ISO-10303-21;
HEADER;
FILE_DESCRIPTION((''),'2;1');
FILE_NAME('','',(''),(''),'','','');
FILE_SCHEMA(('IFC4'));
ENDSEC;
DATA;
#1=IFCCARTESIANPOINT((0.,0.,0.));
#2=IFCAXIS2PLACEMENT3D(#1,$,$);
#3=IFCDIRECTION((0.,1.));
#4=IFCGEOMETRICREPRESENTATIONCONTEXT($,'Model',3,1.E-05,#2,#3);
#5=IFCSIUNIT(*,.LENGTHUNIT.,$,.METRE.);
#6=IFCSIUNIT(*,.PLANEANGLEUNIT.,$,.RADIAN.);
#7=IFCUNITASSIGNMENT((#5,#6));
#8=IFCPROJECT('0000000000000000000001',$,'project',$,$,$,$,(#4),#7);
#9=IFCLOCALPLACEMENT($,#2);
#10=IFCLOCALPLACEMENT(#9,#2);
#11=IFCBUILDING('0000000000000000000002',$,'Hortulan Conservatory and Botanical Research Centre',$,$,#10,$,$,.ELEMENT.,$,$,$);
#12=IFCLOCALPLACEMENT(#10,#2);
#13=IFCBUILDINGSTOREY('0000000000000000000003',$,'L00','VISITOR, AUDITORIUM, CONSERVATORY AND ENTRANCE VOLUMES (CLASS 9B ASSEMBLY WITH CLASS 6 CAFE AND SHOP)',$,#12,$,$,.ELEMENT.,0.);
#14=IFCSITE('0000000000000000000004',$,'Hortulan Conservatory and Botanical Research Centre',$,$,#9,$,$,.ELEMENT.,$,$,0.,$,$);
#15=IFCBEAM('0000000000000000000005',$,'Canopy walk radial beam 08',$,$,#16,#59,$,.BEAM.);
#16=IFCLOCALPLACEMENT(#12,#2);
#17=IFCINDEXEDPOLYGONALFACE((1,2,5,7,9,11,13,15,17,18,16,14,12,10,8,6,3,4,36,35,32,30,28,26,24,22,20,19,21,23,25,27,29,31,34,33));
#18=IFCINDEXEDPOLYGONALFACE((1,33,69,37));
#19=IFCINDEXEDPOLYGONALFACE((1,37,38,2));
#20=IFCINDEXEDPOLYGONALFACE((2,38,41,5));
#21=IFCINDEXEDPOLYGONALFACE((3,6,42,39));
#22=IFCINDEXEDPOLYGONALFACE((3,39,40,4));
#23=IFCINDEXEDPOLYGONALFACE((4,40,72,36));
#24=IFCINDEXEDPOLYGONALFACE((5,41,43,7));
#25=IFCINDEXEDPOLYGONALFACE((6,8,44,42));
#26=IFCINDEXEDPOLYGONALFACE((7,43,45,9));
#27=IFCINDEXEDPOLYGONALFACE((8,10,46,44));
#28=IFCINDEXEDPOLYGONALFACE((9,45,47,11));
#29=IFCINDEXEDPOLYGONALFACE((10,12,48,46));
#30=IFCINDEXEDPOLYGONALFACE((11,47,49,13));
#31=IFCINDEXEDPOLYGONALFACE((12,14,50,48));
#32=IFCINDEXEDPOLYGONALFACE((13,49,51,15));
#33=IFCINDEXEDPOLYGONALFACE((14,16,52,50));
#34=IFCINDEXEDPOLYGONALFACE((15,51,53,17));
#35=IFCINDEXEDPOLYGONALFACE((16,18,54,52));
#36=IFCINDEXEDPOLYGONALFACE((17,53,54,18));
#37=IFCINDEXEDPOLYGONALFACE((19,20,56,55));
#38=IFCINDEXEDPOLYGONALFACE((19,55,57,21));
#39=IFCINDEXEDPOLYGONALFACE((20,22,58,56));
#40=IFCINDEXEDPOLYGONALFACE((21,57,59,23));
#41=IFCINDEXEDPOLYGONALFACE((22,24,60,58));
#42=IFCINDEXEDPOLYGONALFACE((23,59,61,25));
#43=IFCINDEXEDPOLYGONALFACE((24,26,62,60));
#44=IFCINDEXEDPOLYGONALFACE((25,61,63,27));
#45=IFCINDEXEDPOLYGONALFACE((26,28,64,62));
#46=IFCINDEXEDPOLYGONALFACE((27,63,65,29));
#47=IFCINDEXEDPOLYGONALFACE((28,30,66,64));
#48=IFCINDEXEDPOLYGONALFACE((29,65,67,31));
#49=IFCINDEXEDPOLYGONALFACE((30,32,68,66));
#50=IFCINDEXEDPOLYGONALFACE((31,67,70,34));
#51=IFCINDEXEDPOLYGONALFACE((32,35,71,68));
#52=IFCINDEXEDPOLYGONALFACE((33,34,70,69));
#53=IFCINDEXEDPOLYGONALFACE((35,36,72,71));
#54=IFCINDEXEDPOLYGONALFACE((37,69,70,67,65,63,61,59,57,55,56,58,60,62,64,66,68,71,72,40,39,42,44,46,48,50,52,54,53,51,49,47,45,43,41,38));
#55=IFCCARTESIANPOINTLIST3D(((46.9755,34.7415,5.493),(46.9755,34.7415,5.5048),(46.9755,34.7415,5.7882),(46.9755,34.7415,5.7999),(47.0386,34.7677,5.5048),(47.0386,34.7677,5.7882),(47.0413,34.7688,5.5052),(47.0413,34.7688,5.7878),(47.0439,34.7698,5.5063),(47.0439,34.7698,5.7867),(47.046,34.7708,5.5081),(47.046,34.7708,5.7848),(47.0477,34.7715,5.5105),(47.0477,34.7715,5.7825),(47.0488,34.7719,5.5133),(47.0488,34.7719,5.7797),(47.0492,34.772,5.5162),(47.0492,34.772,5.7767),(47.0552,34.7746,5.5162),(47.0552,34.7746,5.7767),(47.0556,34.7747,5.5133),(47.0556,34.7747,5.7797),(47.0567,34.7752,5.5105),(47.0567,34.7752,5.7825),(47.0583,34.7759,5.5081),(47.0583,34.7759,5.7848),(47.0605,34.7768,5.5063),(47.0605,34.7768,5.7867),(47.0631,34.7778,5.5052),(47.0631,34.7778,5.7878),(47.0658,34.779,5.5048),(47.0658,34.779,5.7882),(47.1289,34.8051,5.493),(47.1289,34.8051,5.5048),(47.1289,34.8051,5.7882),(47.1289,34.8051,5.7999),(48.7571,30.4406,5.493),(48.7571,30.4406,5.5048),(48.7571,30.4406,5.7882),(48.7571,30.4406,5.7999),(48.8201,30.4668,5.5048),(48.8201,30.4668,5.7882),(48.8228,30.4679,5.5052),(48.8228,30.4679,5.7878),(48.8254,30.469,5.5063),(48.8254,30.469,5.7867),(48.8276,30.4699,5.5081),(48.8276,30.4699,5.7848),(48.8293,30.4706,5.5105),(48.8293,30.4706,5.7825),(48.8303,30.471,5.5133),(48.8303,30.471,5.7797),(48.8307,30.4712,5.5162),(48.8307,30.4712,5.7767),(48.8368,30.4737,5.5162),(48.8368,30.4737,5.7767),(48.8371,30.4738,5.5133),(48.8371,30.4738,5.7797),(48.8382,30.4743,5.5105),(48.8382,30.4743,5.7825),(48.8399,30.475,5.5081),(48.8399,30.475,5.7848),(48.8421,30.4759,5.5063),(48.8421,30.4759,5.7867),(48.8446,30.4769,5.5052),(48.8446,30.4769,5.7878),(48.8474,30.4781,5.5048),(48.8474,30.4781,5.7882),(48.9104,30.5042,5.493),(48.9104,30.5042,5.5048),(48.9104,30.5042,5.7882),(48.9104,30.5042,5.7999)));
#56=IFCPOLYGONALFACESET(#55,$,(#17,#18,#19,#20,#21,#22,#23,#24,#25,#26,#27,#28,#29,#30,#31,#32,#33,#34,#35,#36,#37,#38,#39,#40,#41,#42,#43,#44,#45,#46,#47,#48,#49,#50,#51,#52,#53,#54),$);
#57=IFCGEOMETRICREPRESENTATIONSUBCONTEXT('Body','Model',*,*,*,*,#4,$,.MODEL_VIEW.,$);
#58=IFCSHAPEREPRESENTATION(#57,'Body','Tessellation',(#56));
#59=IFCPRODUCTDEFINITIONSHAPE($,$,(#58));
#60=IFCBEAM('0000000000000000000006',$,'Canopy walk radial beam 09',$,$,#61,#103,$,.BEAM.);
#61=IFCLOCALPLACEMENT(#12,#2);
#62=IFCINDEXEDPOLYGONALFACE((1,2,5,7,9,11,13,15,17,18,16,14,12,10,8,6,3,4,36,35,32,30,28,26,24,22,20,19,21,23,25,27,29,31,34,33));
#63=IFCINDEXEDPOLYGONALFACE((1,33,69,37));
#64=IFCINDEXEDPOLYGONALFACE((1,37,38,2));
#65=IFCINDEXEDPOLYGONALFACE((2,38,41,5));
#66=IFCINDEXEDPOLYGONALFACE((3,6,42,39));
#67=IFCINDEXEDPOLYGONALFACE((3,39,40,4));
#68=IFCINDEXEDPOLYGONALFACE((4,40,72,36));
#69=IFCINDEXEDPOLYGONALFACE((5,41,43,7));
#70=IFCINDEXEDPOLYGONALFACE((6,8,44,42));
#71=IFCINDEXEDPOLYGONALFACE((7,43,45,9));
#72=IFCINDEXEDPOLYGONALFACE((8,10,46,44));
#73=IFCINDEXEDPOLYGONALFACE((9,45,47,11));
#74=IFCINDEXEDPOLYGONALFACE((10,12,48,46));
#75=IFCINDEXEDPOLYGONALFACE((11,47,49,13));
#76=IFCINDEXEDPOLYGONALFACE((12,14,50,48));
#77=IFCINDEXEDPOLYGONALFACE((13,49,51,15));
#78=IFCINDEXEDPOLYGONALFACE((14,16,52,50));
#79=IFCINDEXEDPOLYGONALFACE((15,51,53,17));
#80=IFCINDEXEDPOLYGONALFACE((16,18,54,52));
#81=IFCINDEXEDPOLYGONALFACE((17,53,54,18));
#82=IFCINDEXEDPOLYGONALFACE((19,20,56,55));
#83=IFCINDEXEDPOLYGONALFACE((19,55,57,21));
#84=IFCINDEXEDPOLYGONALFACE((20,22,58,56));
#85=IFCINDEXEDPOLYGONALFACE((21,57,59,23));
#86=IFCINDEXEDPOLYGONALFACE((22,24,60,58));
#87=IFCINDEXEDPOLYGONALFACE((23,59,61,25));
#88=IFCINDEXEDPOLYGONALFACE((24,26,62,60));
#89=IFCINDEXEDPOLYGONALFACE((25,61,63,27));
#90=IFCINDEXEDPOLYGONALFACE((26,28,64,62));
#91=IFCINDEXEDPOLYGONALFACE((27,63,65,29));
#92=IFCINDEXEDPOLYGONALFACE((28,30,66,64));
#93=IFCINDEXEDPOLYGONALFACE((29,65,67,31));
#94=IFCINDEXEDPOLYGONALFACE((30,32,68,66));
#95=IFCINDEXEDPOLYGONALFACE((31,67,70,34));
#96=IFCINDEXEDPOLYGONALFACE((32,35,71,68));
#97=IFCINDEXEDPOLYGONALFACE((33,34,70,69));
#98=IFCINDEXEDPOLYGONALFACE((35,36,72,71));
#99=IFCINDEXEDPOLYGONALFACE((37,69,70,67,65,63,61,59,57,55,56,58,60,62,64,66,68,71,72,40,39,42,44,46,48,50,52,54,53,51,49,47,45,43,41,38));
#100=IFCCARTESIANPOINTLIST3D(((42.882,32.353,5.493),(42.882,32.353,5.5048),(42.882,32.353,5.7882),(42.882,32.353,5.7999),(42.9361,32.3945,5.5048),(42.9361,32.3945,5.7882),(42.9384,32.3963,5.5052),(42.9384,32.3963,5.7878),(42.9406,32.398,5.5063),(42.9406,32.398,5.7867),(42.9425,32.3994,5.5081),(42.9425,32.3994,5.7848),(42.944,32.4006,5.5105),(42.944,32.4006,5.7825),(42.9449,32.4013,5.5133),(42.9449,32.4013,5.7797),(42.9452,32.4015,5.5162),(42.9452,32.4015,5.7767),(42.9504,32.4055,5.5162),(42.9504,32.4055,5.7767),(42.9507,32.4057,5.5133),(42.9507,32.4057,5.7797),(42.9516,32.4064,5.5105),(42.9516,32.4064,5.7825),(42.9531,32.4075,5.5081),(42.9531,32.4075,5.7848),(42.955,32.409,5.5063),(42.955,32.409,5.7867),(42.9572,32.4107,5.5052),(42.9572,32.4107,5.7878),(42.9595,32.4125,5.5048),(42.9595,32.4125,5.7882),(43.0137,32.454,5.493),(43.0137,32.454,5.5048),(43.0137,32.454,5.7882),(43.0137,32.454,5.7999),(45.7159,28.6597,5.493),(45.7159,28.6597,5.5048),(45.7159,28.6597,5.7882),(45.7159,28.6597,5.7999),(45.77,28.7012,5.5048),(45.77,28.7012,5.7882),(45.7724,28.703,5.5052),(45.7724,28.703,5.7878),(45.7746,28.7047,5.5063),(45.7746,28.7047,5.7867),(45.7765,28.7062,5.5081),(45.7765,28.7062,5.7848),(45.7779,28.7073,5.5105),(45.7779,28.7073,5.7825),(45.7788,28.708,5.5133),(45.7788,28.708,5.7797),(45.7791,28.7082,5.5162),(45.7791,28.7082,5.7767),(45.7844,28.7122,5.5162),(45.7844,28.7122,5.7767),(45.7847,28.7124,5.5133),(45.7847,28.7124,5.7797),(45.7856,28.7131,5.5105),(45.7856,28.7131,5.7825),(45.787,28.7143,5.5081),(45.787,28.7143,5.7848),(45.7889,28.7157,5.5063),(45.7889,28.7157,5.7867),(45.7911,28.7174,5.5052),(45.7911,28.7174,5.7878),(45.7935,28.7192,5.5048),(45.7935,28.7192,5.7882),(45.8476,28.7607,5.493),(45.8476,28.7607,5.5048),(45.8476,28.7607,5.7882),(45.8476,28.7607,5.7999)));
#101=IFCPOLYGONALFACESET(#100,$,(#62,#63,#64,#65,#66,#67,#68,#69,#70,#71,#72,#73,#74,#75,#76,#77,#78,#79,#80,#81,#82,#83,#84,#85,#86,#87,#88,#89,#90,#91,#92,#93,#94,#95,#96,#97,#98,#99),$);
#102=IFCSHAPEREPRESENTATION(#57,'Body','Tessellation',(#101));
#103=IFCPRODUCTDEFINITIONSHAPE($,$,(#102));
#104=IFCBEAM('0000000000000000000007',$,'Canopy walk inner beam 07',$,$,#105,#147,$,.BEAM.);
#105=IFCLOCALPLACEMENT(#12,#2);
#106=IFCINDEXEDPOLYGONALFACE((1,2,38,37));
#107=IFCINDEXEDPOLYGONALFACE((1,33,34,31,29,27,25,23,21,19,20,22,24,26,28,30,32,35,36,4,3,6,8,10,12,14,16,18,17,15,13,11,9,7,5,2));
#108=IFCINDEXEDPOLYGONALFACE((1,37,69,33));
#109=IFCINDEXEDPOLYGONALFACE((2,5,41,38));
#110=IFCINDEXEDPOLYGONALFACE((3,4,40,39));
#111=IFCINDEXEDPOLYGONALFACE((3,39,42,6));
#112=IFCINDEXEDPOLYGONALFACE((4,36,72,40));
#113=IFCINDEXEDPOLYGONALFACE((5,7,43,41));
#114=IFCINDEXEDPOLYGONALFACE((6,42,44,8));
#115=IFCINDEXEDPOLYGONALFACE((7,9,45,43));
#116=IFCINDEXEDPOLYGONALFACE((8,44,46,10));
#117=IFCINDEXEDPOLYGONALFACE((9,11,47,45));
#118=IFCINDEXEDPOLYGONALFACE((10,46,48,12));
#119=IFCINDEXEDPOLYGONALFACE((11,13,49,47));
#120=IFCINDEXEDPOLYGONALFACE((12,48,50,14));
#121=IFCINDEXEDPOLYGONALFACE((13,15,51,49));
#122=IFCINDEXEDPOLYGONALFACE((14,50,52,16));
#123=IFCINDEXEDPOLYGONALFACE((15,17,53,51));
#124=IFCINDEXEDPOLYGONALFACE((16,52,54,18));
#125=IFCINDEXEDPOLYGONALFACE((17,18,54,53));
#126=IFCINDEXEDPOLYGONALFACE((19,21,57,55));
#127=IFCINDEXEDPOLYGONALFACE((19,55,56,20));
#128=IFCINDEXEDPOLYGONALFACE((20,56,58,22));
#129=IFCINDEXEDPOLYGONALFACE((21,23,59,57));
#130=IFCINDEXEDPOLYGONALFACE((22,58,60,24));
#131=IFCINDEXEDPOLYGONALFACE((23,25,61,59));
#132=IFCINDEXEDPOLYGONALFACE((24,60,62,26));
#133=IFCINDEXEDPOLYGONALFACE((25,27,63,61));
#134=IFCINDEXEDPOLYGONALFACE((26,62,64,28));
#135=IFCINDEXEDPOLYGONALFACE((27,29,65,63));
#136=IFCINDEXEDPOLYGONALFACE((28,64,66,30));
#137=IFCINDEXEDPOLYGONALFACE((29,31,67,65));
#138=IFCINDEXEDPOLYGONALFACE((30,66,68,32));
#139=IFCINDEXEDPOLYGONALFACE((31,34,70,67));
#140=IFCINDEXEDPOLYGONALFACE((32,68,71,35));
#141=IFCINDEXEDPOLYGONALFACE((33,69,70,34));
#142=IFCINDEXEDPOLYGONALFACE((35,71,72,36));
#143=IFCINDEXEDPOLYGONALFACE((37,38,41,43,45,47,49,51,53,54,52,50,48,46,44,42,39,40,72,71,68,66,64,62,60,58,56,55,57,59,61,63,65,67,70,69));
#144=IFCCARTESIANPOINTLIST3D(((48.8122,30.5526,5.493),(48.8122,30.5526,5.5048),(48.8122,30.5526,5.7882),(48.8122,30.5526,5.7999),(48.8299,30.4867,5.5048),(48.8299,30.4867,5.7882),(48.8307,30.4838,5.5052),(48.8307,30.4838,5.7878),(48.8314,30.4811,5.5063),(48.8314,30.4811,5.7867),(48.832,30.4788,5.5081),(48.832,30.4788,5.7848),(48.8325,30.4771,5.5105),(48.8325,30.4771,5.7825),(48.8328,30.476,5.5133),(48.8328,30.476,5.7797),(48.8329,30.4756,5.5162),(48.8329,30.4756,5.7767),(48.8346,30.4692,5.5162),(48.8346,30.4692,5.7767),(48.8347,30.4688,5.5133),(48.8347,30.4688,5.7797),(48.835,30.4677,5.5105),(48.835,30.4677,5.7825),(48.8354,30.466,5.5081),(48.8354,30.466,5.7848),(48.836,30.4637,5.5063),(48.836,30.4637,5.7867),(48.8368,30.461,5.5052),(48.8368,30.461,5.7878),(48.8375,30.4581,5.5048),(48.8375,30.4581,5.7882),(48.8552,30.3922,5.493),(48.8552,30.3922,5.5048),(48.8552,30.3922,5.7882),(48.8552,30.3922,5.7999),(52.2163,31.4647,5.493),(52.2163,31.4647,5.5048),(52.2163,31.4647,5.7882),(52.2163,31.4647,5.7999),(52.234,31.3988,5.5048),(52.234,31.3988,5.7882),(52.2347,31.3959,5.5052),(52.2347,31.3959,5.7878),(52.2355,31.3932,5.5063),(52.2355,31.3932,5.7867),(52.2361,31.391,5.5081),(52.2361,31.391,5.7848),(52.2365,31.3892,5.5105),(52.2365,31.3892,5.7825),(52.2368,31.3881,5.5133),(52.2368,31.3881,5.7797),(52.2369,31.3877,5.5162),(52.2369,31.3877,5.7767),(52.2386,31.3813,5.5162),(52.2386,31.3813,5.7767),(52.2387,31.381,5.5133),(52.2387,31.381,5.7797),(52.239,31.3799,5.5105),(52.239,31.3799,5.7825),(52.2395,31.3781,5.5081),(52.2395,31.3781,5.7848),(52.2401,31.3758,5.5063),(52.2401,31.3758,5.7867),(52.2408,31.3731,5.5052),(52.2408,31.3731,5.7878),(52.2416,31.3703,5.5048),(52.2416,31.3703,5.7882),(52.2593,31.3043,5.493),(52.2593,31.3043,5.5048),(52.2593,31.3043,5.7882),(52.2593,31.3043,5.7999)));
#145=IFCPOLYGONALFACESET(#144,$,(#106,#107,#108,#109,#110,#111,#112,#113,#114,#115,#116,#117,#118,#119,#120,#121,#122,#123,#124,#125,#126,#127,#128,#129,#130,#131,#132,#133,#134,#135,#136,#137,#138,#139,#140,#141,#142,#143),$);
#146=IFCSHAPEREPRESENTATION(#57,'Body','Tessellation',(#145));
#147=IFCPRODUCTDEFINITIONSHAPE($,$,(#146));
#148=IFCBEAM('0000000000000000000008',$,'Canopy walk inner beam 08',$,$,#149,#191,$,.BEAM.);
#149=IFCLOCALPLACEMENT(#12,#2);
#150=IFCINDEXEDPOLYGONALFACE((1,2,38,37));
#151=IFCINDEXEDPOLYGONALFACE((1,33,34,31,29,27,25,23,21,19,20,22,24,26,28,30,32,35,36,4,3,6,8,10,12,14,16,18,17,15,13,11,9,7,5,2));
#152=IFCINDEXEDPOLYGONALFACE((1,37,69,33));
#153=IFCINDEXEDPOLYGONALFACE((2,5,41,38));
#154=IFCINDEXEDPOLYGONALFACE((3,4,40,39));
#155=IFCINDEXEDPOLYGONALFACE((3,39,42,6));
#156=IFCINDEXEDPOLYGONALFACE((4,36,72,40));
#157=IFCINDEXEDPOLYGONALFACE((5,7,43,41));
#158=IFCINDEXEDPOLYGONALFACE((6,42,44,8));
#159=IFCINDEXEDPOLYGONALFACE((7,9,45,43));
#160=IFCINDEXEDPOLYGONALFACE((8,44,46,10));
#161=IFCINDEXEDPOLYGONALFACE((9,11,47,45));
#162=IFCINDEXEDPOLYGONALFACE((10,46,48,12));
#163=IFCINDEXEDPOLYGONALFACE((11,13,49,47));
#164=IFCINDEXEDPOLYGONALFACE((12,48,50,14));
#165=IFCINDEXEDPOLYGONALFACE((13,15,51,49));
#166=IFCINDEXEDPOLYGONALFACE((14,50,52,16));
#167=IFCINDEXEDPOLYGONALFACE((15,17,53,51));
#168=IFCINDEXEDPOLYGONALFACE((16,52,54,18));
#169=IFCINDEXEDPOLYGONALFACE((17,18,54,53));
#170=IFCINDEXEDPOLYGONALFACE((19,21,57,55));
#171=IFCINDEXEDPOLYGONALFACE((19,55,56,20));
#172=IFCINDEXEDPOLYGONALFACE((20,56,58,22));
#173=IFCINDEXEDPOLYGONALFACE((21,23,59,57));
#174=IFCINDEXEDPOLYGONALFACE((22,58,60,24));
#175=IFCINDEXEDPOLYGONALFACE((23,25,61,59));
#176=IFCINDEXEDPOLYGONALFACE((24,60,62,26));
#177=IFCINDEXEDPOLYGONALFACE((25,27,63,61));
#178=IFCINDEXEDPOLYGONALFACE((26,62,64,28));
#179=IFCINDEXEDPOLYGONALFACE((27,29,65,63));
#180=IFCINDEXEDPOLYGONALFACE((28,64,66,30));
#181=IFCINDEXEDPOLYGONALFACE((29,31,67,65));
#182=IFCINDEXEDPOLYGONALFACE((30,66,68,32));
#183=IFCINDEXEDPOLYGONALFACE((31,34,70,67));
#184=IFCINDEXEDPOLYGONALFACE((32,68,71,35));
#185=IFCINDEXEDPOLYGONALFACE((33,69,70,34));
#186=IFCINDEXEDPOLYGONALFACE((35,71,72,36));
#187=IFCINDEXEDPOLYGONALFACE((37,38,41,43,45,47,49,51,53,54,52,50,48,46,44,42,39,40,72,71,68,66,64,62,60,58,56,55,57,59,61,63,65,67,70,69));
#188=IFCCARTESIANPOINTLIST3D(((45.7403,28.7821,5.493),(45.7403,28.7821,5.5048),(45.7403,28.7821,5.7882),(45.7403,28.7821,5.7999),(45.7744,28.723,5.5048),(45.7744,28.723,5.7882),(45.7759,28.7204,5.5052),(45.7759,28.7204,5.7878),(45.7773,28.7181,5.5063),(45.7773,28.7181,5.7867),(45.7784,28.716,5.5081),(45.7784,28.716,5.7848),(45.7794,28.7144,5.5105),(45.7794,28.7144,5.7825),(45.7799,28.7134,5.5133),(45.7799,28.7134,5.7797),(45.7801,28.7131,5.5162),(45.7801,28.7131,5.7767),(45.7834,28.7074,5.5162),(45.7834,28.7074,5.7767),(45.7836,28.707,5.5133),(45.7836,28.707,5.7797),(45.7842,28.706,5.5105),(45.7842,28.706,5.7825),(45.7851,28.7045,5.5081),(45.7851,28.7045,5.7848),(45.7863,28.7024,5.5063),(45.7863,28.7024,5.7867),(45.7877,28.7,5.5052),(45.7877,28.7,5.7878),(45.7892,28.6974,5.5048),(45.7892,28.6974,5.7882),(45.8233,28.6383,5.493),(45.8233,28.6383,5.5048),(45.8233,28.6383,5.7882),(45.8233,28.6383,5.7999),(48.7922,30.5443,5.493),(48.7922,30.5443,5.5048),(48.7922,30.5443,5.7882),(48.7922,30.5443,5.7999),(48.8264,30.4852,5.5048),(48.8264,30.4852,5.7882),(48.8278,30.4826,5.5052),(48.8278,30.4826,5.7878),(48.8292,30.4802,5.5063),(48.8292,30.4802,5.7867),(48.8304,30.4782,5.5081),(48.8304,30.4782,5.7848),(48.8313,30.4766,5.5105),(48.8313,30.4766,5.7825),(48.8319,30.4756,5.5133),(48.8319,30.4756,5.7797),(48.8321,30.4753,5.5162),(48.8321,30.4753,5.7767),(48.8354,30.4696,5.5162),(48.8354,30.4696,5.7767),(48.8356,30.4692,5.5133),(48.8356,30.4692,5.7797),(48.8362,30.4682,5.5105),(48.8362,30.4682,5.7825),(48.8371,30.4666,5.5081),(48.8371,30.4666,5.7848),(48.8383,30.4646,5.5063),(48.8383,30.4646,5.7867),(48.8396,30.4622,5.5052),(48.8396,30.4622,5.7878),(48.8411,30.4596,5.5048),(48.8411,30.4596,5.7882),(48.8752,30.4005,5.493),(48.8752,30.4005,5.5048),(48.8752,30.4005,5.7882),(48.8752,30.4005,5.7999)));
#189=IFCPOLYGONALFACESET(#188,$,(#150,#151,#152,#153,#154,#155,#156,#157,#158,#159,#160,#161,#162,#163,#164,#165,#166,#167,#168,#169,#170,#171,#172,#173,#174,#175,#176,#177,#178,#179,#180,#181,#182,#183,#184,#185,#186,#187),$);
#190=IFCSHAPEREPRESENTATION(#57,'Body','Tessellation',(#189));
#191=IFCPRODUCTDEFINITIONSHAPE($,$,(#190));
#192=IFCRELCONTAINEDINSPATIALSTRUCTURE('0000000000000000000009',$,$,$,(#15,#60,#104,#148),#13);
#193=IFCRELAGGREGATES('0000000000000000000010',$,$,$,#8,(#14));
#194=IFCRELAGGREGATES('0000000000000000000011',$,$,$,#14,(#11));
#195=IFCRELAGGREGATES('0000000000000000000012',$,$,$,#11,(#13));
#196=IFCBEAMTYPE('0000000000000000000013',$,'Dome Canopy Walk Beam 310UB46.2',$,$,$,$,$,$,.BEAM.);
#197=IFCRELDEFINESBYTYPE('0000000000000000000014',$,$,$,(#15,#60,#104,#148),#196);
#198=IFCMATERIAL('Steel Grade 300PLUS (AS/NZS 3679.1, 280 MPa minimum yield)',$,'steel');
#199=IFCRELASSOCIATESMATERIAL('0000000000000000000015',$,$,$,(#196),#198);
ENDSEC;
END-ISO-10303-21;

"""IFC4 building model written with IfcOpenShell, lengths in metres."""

from ifc_helpers import new_model, si_unit, direction, frame, origin, origin_2d, place, context, subcontext, project, spatial, i_section, extrude, material, material_profile, profile_set, type_object, element, save


model = new_model("IFC4")

# Units and contexts
model_context = context("Model", 3, precision=1e-05, world=origin(), true_north=direction((0.0, 1.0)))
body_context = subcontext(model_context, "Body", "Model", "MODEL_VIEW")
ifc_project = project(units=[si_unit("LENGTHUNIT", "METRE"), si_unit("PLANEANGLEUNIT", "RADIAN")], contexts=[model_context])

# Site, building, storey
site_placement = place(None, origin())
site = spatial("IfcSite", under=ifc_project, at=site_placement, Name="Hortulan Conservatory and Botanical Research Centre", CompositionType="ELEMENT", RefElevation=0.0)
building_placement = place(site_placement, origin())
building = spatial("IfcBuilding", under=site, at=building_placement, Name="Hortulan Conservatory and Botanical Research Centre", CompositionType="ELEMENT")
storey_placement = place(building_placement, origin())
storey = spatial("IfcBuildingStorey", under=building, at=storey_placement, Name="L00", Description="VISITOR, AUDITORIUM, CONSERVATORY AND ENTRANCE VOLUMES (CLASS 9B ASSEMBLY WITH CLASS 6 CAFE AND SHOP)", CompositionType="ELEMENT", Elevation=0.0)

# Beams
ifc_material_1 = material(Name="Steel Grade 300PLUS (AS/NZS 3679.1, 280 MPa minimum yield)", Category="steel")
ifc_material_profile_1 = material_profile(ifc_material_1, i_section(OverallWidth=0.166, OverallDepth=0.3069, WebThickness=0.0066, FlangeThickness=0.0117, FilletRadius=0.0115, at=origin_2d()), Name="310UB46.2")
ifc_profile_set_1 = profile_set([ifc_material_profile_1], Name="Steel Grade 300PLUS (AS/NZS 3679.1, 280 MPa minimum yield)")
beam_type = type_object("IfcBeamType", Name="Dome Canopy Walk Beam 310UB46.2", PredefinedType="BEAM", material=ifc_profile_set_1)
for number, where, z_axis, x_axis, name in (
    (1, (48.8337, 30.4724, 5.6465), (-0.382693, 0.923876, 0.0), (-0.923876, -0.382693, 0.0), "Canopy walk radial beam 08"),
    (2, (45.7817, 28.7102, 5.6465), (-0.608757, 0.793356, 0.0), (-0.793356, -0.608757, 0.0), "Canopy walk radial beam 09"),
):
    element("IfcBeam", number, at=place(storey_placement, frame(where, z_axis=z_axis, x_axis=x_axis)), inside=storey, type_object=beam_type, Name=name, PredefinedType="BEAM", context=body_context, shape_type="SweptSolid", body=[
        extrude(i_section(OverallWidth=0.166, OverallDepth=0.3069, WebThickness=0.0066, FlangeThickness=0.0117, FilletRadius=0.0115, at=origin_2d()), origin(), (0.0, 0.0, 1.0), 4.6553),
    ])
for number, where, z_axis, x_axis, name in (
    (3, (52.2378, 31.3845, 5.6465), (-0.965926, -0.258818, 0.0), (0.258818, -0.965926, 0.0), "Canopy walk inner beam 07"),
    (4, (48.8337, 30.4724, 5.6465), (-0.866009, -0.500028, 0.0), (0.500028, -0.866009, 0.0), "Canopy walk inner beam 08"),
):
    element("IfcBeam", number, at=place(storey_placement, frame(where, z_axis=z_axis, x_axis=x_axis)), inside=storey, type_object=beam_type, Name=name, PredefinedType="BEAM", context=body_context, shape_type="SweptSolid", body=[
        extrude(i_section(OverallWidth=0.166, OverallDepth=0.3069, WebThickness=0.0066, FlangeThickness=0.0117, FilletRadius=0.0115, at=origin_2d()), origin(), (0.0, 0.0, 1.0), 3.5242),
    ])

save(model, "model.ifc")
